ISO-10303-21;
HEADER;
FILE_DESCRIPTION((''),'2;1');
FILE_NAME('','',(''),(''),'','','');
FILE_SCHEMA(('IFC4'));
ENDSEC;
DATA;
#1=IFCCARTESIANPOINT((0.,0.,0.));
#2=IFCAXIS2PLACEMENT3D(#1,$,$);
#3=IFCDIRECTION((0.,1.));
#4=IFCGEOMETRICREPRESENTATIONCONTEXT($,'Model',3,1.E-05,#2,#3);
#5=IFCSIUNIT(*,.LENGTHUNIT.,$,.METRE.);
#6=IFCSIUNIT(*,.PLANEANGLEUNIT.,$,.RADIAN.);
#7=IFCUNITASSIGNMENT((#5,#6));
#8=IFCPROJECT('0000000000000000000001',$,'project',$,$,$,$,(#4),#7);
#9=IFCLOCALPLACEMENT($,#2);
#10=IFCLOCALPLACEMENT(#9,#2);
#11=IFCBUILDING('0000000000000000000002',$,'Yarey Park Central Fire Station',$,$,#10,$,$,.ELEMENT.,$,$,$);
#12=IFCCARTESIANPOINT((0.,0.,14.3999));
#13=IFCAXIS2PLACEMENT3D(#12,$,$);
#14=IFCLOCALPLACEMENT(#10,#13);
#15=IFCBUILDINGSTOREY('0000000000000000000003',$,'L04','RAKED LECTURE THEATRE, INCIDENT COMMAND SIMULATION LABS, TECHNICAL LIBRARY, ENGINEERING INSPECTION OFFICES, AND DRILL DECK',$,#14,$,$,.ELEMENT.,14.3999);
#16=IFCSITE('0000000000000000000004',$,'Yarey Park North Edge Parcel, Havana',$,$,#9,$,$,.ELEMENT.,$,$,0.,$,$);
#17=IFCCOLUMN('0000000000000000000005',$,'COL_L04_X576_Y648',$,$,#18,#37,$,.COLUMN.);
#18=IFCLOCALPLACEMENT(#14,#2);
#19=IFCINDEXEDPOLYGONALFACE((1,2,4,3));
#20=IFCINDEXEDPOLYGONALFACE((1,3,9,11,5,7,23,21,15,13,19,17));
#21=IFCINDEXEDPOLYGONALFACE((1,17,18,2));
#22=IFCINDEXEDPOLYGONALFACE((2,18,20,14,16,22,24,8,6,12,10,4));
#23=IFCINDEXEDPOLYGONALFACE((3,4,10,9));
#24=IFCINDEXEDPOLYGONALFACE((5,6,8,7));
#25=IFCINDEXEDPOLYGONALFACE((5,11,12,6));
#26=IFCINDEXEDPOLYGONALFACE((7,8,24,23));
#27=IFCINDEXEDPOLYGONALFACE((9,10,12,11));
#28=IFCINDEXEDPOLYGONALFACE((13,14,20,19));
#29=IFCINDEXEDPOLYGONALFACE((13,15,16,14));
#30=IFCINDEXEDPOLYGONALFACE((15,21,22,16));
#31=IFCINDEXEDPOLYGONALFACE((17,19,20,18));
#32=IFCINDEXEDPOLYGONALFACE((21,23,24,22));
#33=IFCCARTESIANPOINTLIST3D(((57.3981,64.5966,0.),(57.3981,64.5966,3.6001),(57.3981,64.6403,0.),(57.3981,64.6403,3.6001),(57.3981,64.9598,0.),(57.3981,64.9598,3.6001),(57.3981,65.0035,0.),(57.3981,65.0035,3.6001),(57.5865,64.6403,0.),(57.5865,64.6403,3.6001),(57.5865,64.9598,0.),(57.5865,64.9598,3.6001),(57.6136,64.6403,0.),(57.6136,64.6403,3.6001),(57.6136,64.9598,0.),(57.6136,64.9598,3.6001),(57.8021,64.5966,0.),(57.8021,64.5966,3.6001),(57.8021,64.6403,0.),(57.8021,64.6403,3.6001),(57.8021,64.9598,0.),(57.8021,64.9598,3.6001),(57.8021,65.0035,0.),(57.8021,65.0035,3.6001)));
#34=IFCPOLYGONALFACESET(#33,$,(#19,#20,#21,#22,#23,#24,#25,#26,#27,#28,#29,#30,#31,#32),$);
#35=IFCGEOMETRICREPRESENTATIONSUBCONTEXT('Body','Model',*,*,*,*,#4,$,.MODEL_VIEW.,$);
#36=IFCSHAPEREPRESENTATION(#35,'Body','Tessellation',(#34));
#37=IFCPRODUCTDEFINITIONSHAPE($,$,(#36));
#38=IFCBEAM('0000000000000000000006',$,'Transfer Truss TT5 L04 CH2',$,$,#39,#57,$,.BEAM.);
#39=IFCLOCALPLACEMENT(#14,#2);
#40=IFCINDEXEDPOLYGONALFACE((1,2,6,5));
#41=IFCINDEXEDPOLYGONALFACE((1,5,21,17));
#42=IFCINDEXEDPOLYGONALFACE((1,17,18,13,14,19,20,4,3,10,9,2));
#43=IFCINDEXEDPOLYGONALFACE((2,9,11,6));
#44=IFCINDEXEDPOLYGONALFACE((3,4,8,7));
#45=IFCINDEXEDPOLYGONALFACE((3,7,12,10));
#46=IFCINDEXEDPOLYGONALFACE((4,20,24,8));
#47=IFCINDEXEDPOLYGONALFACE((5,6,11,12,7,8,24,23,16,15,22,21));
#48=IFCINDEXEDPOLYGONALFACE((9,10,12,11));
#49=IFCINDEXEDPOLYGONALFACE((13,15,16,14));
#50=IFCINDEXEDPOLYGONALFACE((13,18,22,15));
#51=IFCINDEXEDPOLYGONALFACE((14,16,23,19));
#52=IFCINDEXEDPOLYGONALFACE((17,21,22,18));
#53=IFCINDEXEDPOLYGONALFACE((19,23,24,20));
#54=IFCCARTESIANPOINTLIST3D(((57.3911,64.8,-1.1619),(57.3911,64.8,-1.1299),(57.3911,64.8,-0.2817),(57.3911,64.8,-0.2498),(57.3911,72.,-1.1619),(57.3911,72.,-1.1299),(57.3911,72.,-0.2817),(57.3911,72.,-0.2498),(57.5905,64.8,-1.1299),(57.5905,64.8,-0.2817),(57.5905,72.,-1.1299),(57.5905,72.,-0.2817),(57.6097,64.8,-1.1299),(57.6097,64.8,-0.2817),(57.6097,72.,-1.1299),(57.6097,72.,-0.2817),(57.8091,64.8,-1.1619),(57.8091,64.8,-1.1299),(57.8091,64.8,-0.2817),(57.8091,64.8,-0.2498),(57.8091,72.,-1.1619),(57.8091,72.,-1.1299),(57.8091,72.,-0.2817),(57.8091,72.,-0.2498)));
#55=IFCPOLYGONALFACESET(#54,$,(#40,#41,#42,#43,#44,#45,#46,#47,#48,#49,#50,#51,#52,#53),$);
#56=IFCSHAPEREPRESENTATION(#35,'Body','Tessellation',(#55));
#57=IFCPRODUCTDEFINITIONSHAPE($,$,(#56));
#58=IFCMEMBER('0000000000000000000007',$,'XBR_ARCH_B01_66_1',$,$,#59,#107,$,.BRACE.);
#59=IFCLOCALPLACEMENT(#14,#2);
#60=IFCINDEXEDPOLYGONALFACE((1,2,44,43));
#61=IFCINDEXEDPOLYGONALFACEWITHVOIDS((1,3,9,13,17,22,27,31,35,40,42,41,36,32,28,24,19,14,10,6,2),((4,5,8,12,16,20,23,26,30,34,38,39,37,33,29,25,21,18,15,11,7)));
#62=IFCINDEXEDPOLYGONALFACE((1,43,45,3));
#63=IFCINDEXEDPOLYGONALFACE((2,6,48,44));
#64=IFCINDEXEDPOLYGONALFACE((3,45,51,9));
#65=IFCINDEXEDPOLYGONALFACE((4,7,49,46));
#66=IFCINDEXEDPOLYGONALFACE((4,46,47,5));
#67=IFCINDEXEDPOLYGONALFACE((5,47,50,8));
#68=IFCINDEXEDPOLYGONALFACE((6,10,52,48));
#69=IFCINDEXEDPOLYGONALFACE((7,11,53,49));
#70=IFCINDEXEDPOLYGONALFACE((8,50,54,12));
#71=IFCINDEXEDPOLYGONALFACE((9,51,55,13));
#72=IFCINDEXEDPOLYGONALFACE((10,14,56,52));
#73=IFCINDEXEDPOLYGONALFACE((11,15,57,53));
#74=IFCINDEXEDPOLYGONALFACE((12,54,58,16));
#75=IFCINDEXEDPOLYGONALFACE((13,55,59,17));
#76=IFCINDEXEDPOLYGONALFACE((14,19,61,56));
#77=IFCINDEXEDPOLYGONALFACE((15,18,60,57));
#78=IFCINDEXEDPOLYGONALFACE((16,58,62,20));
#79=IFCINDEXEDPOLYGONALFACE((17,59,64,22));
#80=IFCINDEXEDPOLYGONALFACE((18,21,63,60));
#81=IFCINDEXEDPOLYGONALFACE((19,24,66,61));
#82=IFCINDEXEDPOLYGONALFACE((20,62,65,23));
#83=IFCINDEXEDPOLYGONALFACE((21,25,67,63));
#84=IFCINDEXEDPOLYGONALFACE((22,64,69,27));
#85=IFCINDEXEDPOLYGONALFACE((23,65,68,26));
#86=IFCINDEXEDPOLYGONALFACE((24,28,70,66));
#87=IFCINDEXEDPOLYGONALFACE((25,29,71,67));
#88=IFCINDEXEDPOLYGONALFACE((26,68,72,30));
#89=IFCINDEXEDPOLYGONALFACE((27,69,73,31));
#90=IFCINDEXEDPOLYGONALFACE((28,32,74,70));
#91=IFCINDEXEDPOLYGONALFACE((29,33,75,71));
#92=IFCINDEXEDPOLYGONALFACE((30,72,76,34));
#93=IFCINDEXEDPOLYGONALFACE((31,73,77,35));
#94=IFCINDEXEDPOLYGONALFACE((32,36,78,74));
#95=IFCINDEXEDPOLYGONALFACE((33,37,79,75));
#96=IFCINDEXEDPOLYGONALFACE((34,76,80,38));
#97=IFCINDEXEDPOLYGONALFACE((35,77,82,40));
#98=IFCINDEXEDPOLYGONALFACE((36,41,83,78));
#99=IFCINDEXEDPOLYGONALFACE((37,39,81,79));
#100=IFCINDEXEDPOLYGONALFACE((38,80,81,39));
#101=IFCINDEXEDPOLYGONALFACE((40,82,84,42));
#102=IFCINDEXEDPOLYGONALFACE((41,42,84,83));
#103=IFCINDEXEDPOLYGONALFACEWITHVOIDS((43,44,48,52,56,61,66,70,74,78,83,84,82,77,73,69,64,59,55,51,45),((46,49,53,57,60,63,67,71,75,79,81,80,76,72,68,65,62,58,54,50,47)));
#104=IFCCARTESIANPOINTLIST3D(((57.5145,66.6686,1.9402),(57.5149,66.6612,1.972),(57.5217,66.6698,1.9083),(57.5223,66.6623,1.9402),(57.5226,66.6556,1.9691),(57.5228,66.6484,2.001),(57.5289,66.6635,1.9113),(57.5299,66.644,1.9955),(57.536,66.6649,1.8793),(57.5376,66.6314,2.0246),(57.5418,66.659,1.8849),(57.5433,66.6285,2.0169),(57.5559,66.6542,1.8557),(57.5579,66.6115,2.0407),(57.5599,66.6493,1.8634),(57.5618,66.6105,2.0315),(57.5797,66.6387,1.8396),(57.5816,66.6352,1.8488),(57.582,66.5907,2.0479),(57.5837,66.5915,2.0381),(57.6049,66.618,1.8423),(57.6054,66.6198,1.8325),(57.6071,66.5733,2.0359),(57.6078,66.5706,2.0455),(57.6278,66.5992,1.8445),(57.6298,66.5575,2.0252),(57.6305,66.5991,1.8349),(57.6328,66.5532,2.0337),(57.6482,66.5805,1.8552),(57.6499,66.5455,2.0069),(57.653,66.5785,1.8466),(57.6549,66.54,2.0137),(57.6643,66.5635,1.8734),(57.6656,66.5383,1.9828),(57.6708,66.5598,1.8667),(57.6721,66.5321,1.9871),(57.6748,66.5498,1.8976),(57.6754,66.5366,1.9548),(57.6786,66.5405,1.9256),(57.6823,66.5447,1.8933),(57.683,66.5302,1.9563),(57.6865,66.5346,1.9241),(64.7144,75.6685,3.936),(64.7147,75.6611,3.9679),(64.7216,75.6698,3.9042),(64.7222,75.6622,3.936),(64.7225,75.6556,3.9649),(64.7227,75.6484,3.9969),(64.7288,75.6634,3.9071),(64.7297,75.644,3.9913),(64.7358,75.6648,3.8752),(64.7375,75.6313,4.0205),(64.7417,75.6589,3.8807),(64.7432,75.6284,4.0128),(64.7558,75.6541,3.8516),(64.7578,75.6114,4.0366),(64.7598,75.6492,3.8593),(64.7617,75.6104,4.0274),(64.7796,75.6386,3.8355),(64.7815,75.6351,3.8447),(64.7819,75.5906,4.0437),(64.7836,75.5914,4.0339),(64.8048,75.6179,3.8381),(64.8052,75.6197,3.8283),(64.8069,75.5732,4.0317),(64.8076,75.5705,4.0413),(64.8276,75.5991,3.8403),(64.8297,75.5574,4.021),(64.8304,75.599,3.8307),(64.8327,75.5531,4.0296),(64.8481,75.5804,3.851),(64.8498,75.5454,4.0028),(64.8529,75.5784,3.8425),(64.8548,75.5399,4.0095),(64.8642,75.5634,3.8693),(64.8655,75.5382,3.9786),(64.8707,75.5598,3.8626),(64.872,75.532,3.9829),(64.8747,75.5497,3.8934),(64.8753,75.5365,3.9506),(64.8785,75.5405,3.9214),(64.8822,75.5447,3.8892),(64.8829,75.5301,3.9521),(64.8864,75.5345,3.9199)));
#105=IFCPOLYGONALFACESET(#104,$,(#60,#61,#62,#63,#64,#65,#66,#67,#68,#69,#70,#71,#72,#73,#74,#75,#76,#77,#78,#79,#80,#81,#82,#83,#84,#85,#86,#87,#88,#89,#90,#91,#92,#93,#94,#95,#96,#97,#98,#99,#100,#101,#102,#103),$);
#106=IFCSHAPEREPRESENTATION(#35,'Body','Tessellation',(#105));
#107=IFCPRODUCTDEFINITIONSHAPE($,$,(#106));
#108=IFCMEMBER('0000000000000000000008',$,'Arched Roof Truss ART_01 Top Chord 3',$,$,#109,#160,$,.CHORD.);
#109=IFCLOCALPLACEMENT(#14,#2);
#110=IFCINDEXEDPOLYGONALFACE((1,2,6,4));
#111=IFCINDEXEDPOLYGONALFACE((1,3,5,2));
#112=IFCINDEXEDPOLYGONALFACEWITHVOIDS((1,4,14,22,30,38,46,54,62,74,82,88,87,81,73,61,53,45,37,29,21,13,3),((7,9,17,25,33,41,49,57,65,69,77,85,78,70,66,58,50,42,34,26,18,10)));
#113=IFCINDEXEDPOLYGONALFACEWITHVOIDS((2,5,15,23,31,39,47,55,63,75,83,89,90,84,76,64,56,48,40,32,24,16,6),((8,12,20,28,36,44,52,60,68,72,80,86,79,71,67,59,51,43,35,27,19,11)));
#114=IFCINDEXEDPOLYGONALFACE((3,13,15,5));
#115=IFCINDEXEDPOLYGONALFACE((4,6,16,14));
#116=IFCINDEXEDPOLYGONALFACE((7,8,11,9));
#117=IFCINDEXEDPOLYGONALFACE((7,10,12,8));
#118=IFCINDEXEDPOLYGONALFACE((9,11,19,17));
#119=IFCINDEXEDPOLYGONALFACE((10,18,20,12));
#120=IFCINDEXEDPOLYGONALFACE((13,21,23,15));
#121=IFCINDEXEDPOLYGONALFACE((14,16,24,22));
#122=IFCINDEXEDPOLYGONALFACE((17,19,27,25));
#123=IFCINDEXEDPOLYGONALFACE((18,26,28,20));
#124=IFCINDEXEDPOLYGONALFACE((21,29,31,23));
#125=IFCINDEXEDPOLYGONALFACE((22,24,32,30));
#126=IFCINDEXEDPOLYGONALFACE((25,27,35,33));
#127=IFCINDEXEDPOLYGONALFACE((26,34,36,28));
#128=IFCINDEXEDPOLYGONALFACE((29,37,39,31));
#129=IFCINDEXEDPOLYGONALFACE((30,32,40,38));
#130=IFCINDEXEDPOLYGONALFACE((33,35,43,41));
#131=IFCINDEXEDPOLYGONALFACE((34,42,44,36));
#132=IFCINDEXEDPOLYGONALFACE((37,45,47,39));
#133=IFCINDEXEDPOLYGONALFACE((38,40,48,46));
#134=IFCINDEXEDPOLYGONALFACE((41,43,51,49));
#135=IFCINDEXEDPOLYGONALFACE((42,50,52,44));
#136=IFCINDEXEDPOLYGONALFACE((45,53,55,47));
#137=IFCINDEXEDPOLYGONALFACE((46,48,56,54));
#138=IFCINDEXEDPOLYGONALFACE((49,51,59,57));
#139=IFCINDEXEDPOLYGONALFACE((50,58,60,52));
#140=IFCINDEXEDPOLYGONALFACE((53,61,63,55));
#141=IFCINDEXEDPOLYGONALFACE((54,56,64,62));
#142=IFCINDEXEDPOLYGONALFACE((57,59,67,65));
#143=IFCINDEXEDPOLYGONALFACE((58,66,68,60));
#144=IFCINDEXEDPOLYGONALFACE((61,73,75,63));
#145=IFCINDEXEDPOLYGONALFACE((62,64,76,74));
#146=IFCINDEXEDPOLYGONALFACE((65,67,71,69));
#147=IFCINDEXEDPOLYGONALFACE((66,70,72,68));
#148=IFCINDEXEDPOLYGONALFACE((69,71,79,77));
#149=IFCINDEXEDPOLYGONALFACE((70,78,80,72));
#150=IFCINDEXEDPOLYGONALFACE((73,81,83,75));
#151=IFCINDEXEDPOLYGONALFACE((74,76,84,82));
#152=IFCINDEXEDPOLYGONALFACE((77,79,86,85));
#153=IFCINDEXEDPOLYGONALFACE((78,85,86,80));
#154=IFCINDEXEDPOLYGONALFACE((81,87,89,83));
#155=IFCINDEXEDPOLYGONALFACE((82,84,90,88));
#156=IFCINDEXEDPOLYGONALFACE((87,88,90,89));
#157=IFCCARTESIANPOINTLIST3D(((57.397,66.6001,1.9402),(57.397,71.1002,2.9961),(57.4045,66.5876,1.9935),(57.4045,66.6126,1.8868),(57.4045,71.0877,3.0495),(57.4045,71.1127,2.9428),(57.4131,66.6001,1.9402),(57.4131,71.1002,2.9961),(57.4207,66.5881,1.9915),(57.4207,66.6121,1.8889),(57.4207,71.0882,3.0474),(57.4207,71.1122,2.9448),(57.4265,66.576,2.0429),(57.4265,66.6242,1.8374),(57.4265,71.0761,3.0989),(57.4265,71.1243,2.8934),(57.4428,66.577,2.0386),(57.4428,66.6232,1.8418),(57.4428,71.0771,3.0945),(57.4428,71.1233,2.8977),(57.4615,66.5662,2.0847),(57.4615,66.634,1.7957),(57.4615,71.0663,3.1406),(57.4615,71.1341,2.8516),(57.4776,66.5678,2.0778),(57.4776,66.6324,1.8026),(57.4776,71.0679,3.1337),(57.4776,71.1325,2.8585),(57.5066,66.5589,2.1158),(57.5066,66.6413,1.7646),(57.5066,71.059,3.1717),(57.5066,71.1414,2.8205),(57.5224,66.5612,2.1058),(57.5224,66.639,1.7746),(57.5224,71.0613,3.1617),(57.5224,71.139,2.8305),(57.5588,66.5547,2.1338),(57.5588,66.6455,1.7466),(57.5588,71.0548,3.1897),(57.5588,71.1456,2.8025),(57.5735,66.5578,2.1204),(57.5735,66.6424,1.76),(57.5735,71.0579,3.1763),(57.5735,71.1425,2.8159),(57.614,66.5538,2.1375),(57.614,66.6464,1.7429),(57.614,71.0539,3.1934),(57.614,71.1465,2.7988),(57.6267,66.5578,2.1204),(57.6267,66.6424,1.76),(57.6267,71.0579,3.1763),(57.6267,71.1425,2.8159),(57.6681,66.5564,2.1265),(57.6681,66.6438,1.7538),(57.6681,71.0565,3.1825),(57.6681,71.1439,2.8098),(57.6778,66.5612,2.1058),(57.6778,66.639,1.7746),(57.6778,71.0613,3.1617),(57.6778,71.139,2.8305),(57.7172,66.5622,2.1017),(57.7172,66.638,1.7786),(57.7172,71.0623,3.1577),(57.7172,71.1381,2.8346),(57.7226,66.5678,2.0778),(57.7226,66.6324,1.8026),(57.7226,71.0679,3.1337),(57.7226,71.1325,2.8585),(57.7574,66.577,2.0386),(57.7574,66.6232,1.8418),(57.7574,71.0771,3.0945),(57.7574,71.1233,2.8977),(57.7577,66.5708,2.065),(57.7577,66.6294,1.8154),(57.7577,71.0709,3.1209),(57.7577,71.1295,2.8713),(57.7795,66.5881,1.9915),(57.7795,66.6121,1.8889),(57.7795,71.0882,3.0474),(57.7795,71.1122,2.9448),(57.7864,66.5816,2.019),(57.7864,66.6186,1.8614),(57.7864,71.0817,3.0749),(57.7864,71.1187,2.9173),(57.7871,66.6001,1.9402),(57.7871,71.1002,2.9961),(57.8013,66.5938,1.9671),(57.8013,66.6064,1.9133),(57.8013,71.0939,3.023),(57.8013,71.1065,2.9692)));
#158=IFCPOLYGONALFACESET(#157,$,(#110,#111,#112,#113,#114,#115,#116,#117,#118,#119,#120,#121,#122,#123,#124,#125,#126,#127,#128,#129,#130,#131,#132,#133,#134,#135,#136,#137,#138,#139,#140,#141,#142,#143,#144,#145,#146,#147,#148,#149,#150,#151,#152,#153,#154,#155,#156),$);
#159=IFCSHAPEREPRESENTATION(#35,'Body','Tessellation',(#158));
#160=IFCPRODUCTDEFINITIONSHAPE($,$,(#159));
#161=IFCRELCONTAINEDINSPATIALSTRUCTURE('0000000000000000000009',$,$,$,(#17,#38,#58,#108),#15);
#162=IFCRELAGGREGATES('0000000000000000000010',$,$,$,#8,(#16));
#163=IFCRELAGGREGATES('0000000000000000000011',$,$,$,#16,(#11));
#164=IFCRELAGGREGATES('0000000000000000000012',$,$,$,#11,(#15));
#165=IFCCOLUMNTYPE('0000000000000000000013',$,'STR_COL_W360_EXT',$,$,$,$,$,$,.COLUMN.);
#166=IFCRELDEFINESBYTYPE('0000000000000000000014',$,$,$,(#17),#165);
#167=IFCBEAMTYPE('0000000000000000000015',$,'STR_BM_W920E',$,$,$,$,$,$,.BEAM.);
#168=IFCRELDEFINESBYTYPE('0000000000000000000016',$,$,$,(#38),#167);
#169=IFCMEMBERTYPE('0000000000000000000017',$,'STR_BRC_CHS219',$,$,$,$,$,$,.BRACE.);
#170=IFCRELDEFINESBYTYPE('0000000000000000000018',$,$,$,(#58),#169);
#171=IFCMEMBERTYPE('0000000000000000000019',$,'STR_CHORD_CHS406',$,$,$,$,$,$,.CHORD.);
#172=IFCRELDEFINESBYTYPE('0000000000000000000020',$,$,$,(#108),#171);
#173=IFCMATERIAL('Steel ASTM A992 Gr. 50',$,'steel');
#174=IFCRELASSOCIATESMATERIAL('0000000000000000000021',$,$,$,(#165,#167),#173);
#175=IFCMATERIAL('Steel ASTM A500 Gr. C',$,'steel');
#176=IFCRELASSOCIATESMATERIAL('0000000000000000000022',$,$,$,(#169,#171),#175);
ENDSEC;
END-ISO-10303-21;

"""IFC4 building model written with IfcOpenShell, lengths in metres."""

from ifc_helpers import new_model, si_unit, direction, frame, origin, origin_2d, place, context, subcontext, project, spatial, hollow_circle, i_section, extrude, material, material_profile, profile_set, type_object, element, save


model = new_model("IFC4")

# Units and contexts
model_context = context("Model", 3, precision=1e-05, world=origin(), true_north=direction((0.0, 1.0)))
body_context = subcontext(model_context, "Body", "Model", "MODEL_VIEW")
ifc_project = project(units=[si_unit("LENGTHUNIT", "METRE"), si_unit("PLANEANGLEUNIT", "RADIAN")], contexts=[model_context])

# Site, building, storey
site_placement = place(None, origin())
site = spatial("IfcSite", under=ifc_project, at=site_placement, Name="Yarey Park North Edge Parcel, Havana", CompositionType="ELEMENT", RefElevation=0.0)
building_placement = place(site_placement, origin())
building = spatial("IfcBuilding", under=site, at=building_placement, Name="Yarey Park Central Fire Station", CompositionType="ELEMENT")
storey_placement = place(building_placement, frame((0.0, 0.0, 14.3999)))
storey = spatial("IfcBuildingStorey", under=building, at=storey_placement, Name="L04", Description="RAKED LECTURE THEATRE, INCIDENT COMMAND SIMULATION LABS, TECHNICAL LIBRARY, ENGINEERING INSPECTION OFFICES, AND DRILL DECK", CompositionType="ELEMENT", Elevation=14.3999)

# Column
ifc_material_1 = material(Name="Steel ASTM A992 Gr. 50", Category="steel")
ifc_material_profile_1 = material_profile(ifc_material_1, i_section(OverallWidth=0.4041, OverallDepth=0.407, WebThickness=0.0271, FlangeThickness=0.0437, at=origin_2d()), Name="W360x347")
ifc_profile_set_1 = profile_set([ifc_material_profile_1], Name="Steel ASTM A992 Gr. 50")
column_type = type_object("IfcColumnType", Name="STR_COL_W360_EXT", PredefinedType="COLUMN", material=ifc_profile_set_1)
column_placement = place(storey_placement, frame((57.6001, 64.8, 0.0), z_axis=(0.0, 0.0, 1.0), x_axis=(1.0, 0.0, 0.0)))
element("IfcColumn", 1, at=column_placement, inside=storey, type_object=column_type, Name="COL_L04_X576_Y648", PredefinedType="COLUMN", context=body_context, shape_type="SweptSolid", body=[
    extrude(i_section(OverallWidth=0.4041, OverallDepth=0.407, WebThickness=0.0271, FlangeThickness=0.0437, at=origin_2d()), origin(), (0.0, 0.0, 1.0), 3.6001),
])

# Beam
ifc_material_profile_2 = material_profile(ifc_material_1, i_section(OverallWidth=0.418, OverallDepth=0.9121, WebThickness=0.0193, FlangeThickness=0.032, at=origin_2d()), Name="W920x342")
ifc_profile_set_2 = profile_set([ifc_material_profile_2], Name="Steel ASTM A992 Gr. 50")
beam_type = type_object("IfcBeamType", Name="STR_BM_W920E", PredefinedType="BEAM", material=ifc_profile_set_2)
beam_placement = place(storey_placement, frame((57.6001, 64.8, -0.7058), z_axis=(0.0, 1.0, 0.0), x_axis=(-1.0, 0.0, 0.0)))
element("IfcBeam", 2, at=beam_placement, inside=storey, type_object=beam_type, Name="Transfer Truss TT5 L04 CH2", PredefinedType="BEAM", context=body_context, shape_type="SweptSolid", body=[
    extrude(i_section(OverallWidth=0.418, OverallDepth=0.9121, WebThickness=0.0193, FlangeThickness=0.032, at=origin_2d()), origin(), (0.0, 0.0, 1.0), 7.2),
])

# Members
ifc_material_2 = material(Name="Steel ASTM A500 Gr. C", Category="steel")
ifc_material_profile_3 = material_profile(ifc_material_2, hollow_circle(Radius=0.1096, WallThickness=0.01, at=origin_2d()), Name="CHS 219.1x10")
ifc_profile_set_3 = profile_set([ifc_material_profile_3], Name="Steel ASTM A500 Gr. C")
member_type_1 = type_object("IfcMemberType", Name="STR_BRC_CHS219", PredefinedType="BRACE", material=ifc_profile_set_3)
member_1_placement = place(storey_placement, frame((57.6001, 66.6001, 1.9402), z_axis=(0.615532, 0.76942, 0.170627), x_axis=(-0.780871, 0.624692, 0.0)))
element("IfcMember", 3, at=member_1_placement, inside=storey, type_object=member_type_1, Name="XBR_ARCH_B01_66_1", PredefinedType="BRACE", context=body_context, shape_type="SweptSolid", body=[
    extrude(hollow_circle(Radius=0.1096, WallThickness=0.01, at=origin_2d()), origin(), (0.0, 0.0, 1.0), 11.697),
])
ifc_material_profile_4 = material_profile(ifc_material_2, hollow_circle(Radius=0.2031, WallThickness=0.0161, at=origin_2d()), Name="CHS 406.4x16")
ifc_profile_set_4 = profile_set([ifc_material_profile_4], Name="Steel ASTM A500 Gr. C")
member_type_2 = type_object("IfcMemberType", Name="STR_CHORD_CHS406", PredefinedType="CHORD", material=ifc_profile_set_4)
member_2_placement = place(storey_placement, frame((57.6001, 66.6001, 1.9402), z_axis=(0.0, 0.973558, 0.228442), x_axis=(-1.0, 0.0, 0.0)))
element("IfcMember", 4, at=member_2_placement, inside=storey, type_object=member_type_2, Name="Arched Roof Truss ART_01 Top Chord 3", PredefinedType="CHORD", context=body_context, shape_type="SweptSolid", body=[
    extrude(hollow_circle(Radius=0.2031, WallThickness=0.0161, at=origin_2d()), origin(), (0.0, 0.0, 1.0), 4.6223),
])

save(model, "model.ifc")
